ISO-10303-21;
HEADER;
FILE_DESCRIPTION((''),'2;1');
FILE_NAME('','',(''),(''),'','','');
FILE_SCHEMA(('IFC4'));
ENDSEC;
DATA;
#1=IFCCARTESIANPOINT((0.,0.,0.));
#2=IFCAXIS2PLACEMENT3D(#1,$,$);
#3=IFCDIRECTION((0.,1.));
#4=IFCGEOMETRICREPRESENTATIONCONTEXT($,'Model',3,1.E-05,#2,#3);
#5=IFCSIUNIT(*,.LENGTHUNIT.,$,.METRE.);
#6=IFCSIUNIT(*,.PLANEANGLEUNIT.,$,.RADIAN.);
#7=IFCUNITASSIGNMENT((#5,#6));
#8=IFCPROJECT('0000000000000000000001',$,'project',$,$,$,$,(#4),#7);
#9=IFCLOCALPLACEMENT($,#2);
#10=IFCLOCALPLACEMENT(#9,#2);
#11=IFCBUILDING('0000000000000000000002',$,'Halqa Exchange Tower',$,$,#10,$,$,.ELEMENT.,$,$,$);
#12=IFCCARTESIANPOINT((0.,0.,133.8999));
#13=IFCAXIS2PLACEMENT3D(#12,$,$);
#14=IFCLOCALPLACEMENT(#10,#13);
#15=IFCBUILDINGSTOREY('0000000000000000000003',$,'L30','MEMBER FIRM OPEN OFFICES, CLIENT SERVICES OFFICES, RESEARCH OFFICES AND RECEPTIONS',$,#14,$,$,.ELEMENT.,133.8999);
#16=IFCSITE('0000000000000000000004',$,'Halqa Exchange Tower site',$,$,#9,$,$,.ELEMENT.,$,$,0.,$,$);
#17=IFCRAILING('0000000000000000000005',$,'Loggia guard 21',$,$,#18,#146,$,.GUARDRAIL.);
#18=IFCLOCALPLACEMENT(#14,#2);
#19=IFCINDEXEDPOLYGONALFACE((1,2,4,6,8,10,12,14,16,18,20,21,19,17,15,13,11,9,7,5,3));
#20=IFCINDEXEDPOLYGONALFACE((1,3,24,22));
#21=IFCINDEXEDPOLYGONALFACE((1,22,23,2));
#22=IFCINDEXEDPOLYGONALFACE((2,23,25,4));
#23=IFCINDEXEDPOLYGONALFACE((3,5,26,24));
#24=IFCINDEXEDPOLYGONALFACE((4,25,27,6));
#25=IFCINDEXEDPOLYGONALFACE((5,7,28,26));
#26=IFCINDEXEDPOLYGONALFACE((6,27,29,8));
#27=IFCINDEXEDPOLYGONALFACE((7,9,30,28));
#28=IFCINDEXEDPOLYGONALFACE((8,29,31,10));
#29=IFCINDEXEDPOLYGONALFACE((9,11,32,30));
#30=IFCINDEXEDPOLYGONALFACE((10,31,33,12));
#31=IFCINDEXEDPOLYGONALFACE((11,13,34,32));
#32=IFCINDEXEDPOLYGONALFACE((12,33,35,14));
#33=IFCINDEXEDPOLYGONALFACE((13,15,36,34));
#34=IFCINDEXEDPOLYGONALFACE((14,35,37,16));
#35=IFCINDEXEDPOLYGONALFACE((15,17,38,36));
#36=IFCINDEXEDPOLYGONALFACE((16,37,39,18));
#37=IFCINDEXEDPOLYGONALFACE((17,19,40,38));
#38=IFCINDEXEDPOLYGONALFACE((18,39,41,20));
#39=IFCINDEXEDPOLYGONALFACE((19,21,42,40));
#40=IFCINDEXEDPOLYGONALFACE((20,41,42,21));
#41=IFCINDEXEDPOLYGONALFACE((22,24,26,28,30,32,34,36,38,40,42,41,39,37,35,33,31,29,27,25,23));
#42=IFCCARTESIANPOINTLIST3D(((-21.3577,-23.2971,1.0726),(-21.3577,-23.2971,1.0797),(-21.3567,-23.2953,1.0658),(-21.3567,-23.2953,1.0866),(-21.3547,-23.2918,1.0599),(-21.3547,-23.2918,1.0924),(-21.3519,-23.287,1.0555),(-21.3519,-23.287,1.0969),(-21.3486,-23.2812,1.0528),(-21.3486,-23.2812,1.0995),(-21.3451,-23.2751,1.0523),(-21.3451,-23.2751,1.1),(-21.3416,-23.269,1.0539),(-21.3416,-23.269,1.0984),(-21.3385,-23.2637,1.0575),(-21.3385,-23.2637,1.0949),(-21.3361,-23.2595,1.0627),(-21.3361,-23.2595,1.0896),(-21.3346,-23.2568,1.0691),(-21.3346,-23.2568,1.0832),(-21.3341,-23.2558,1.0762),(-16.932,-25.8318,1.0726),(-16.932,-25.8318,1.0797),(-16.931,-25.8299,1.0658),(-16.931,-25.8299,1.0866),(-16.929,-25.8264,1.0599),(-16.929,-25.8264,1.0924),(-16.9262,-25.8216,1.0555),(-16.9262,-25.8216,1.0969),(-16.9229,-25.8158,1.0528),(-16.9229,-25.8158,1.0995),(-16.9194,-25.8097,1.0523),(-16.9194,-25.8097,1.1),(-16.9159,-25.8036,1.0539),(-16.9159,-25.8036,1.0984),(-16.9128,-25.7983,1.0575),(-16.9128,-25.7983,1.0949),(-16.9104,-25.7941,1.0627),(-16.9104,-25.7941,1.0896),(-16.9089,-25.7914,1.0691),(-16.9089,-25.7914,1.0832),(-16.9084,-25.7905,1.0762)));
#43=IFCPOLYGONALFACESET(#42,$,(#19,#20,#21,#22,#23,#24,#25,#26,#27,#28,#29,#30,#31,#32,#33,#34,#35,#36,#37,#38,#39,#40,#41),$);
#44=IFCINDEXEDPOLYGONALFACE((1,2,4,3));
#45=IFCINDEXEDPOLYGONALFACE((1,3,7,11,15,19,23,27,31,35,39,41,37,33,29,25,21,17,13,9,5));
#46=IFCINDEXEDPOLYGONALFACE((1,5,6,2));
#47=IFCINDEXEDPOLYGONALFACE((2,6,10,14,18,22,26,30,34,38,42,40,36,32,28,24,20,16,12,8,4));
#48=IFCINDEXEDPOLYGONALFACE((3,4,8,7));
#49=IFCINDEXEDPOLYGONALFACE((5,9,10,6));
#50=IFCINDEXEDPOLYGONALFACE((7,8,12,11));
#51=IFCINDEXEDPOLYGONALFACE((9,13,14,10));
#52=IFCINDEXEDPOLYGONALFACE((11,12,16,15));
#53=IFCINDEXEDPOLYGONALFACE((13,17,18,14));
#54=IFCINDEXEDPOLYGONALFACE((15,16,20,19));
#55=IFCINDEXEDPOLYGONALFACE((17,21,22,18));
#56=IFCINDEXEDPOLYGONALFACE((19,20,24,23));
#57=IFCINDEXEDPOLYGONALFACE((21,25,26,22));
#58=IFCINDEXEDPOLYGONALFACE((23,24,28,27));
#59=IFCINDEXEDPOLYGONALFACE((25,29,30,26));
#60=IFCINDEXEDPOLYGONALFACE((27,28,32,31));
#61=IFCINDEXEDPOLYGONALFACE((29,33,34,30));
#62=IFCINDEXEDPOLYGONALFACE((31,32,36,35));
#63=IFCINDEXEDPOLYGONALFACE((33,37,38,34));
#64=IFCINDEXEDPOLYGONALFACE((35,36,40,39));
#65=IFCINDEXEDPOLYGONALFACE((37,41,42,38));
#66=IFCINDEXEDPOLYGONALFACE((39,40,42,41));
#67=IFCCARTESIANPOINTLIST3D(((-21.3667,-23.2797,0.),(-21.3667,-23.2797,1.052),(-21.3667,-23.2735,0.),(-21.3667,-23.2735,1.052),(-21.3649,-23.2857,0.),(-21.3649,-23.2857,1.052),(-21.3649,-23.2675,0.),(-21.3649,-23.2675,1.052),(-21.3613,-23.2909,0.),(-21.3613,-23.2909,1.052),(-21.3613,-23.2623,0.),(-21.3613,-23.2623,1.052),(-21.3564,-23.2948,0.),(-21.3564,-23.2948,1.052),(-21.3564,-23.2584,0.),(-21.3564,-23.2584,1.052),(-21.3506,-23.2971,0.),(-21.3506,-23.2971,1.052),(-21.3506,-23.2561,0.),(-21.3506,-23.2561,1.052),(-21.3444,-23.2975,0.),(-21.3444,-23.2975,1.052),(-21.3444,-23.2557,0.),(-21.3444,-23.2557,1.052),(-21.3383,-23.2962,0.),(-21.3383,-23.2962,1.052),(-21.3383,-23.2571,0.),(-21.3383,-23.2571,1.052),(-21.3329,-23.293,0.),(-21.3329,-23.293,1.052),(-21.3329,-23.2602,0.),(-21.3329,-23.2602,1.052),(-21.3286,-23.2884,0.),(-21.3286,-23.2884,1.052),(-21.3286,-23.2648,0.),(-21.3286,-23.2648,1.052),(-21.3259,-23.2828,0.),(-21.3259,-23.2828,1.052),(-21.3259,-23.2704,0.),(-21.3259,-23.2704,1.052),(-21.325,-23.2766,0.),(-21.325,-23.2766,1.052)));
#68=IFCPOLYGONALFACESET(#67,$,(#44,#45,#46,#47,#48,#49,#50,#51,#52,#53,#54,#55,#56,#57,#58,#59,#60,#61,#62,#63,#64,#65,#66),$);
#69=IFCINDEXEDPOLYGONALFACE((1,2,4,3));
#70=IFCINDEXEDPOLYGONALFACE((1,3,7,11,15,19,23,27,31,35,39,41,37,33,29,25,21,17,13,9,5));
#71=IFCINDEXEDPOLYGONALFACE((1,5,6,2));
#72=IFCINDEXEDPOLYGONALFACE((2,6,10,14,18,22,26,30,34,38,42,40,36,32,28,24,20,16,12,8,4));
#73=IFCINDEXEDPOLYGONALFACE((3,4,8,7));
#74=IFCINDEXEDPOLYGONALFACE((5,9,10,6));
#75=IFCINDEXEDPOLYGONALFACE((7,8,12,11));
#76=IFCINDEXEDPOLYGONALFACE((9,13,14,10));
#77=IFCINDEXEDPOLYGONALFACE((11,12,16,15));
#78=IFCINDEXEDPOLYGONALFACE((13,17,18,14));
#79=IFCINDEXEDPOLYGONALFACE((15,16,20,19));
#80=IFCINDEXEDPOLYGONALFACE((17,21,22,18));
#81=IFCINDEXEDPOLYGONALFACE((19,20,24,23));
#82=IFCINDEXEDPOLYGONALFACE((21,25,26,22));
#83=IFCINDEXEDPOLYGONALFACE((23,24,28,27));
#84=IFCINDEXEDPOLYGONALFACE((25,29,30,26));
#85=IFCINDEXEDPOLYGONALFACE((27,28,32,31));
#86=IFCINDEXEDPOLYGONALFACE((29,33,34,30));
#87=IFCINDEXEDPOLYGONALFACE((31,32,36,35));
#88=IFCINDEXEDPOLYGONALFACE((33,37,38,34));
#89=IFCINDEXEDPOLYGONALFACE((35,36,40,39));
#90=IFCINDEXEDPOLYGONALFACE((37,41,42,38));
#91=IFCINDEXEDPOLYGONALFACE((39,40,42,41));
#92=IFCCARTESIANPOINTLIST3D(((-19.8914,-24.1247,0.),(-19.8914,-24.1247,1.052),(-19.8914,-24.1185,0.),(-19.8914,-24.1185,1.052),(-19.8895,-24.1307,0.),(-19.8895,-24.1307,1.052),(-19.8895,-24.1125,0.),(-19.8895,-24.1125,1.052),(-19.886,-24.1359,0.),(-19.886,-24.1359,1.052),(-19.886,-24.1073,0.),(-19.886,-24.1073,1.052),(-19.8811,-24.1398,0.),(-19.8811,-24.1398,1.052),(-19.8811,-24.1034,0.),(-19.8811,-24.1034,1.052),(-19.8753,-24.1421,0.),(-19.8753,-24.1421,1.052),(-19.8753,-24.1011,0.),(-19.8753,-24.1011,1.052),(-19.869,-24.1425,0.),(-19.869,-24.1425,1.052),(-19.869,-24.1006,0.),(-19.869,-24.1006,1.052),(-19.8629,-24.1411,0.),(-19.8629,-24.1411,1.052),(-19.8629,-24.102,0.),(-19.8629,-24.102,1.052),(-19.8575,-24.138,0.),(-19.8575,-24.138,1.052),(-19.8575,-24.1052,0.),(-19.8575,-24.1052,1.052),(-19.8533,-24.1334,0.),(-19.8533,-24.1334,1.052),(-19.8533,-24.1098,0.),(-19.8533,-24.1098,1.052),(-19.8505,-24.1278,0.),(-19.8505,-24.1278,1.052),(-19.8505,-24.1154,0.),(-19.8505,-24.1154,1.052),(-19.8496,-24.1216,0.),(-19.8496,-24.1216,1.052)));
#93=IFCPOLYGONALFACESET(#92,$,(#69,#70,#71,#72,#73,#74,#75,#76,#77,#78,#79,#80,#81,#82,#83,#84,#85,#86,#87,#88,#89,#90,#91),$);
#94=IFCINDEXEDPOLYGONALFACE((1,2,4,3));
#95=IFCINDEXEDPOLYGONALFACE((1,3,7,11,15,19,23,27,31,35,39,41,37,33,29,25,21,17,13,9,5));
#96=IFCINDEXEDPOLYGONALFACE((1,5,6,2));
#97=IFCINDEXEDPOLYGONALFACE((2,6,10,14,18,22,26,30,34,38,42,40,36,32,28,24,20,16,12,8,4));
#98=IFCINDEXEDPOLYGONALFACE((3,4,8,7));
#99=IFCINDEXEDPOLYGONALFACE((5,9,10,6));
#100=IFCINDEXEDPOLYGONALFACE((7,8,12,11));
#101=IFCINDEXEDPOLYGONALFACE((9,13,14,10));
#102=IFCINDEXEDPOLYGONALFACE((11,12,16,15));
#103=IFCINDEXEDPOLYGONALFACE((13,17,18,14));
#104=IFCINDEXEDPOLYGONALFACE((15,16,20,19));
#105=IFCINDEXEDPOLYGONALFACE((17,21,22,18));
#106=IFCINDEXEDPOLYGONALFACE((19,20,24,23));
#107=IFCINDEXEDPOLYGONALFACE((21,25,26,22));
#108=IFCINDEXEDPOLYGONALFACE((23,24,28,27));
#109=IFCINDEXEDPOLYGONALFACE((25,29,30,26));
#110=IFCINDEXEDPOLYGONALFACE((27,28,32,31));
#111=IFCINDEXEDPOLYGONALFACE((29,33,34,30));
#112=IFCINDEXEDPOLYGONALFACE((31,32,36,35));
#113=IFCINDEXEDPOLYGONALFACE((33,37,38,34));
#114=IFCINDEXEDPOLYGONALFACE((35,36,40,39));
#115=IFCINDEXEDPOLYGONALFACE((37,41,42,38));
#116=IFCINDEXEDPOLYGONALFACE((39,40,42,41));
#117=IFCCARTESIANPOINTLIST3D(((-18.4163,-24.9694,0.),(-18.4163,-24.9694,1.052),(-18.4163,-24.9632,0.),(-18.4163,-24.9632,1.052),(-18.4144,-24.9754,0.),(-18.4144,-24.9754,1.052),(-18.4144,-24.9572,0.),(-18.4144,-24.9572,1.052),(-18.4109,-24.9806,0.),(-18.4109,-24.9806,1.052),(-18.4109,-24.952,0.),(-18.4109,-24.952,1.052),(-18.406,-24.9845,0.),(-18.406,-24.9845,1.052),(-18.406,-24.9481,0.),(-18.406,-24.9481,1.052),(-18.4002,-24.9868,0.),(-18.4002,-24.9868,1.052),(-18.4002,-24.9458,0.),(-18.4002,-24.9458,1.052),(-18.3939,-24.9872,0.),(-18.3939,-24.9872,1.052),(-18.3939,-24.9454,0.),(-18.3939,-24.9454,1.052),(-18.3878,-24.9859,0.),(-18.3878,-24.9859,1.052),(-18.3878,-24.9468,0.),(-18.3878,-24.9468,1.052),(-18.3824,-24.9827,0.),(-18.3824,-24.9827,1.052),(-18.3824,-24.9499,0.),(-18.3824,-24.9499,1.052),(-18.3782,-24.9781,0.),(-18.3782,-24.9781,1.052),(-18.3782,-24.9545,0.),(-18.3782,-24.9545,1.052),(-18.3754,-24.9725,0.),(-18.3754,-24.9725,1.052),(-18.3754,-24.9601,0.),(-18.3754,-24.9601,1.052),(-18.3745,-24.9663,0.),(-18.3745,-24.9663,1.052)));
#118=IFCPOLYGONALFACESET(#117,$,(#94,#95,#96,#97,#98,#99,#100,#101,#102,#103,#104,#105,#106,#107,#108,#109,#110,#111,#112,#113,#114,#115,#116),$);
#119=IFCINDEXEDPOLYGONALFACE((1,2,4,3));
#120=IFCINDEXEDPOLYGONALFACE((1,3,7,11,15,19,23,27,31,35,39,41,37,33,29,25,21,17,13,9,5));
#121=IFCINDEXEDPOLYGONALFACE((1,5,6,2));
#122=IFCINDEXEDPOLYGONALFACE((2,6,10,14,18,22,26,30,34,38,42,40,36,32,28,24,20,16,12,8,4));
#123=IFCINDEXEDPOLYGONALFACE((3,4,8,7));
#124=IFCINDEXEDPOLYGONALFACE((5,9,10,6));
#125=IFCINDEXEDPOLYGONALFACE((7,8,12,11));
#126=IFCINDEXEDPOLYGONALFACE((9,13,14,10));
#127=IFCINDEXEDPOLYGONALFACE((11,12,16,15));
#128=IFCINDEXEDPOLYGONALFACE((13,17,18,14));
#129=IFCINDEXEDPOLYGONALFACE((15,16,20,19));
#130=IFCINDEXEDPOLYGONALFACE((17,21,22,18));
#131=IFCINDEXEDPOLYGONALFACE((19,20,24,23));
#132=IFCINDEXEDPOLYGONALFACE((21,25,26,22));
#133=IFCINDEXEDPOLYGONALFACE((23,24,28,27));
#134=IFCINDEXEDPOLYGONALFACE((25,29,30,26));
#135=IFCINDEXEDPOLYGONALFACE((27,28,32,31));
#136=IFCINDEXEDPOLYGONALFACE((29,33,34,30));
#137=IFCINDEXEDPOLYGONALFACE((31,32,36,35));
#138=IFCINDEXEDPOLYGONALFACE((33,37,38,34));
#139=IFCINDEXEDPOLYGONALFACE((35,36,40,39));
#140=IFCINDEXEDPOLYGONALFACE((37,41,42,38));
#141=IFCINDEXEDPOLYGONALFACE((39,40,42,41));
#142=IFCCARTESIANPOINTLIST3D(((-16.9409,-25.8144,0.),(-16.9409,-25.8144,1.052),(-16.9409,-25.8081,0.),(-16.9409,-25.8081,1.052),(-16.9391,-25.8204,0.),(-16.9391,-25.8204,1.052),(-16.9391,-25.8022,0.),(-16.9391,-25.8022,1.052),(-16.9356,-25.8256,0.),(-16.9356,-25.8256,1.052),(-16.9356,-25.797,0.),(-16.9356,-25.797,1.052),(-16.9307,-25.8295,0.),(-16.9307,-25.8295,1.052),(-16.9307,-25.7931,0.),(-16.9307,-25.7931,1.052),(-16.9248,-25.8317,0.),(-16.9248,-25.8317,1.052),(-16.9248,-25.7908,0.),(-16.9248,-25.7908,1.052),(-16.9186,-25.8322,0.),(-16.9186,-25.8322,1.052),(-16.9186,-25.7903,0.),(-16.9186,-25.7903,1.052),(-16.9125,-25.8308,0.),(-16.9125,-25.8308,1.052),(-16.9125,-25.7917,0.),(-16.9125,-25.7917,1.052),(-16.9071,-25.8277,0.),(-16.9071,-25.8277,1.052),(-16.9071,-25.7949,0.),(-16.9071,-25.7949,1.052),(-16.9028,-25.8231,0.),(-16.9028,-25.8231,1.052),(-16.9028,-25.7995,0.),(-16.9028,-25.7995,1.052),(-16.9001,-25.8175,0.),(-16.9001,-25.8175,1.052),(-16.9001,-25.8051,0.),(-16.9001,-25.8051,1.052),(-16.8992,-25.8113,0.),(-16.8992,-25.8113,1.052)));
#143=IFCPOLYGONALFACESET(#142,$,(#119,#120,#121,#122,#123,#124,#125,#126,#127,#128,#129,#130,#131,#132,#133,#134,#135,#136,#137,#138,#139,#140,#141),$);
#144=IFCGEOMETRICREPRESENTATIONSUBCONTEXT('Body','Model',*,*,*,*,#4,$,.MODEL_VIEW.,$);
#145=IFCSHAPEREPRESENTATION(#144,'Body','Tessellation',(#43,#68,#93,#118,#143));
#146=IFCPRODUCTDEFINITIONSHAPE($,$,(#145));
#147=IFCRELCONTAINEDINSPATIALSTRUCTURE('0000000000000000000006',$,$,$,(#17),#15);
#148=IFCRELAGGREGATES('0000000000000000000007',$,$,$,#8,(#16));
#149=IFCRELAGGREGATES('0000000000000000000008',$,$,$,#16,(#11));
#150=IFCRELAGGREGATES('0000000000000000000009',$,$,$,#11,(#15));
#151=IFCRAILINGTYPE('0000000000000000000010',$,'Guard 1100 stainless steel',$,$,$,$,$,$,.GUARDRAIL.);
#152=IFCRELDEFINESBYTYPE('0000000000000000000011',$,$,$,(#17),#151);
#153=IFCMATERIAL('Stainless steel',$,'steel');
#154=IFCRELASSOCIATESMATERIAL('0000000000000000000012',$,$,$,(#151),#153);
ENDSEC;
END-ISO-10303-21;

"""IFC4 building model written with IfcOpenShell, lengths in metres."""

from ifc_helpers import new_model, si_unit, direction, frame, origin, origin_2d, place, context, subcontext, project, spatial, circle, extrude, material, type_object, element, save


model = new_model("IFC4")

# Units and contexts
model_context = context("Model", 3, precision=1e-05, world=origin(), true_north=direction((0.0, 1.0)))
body_context = subcontext(model_context, "Body", "Model", "MODEL_VIEW")
ifc_project = project(units=[si_unit("LENGTHUNIT", "METRE"), si_unit("PLANEANGLEUNIT", "RADIAN")], contexts=[model_context])

# Site, building, storey
site_placement = place(None, origin())
site = spatial("IfcSite", under=ifc_project, at=site_placement, Name="Halqa Exchange Tower site", CompositionType="ELEMENT", RefElevation=0.0)
building_placement = place(site_placement, origin())
building = spatial("IfcBuilding", under=site, at=building_placement, Name="Halqa Exchange Tower", CompositionType="ELEMENT")
storey_placement = place(building_placement, frame((0.0, 0.0, 133.8999)))
storey = spatial("IfcBuildingStorey", under=building, at=storey_placement, Name="L30", Description="MEMBER FIRM OPEN OFFICES, CLIENT SERVICES OFFICES, RESEARCH OFFICES AND RECEPTIONS", CompositionType="ELEMENT", Elevation=133.8999)

# Railing
ifc_material_1 = material(Name="Stainless steel", Category="steel")
railing_type = type_object("IfcRailingType", Name="Guard 1100 stainless steel", PredefinedType="GUARDRAIL", material=ifc_material_1)
railing_1_placement = place(storey_placement, frame((-21.3459, -23.2766, 0.0)))
element("IfcRailing", 1, at=railing_1_placement, inside=storey, type_object=railing_type, Name="Loggia guard 21", PredefinedType="GUARDRAIL", context=body_context, shape_type="SweptSolid", body=[
    extrude(circle(Radius=0.0239, at=origin_2d()), frame((0.0, 0.0, 1.0762), z_axis=(0.867766, -0.496974, 0.0), x_axis=(0.496974, 0.867766, 0.0)), (0.0, 0.0, 1.0), 5.1001),
    extrude(circle(Radius=0.021, at=origin_2d()), origin(), (0.0, 0.0, 1.0), 1.052),
    extrude(circle(Radius=0.021, at=origin_2d()), frame((1.4753, -0.845, 0.0)), (0.0, 0.0, 1.0), 1.052),
    extrude(circle(Radius=0.021, at=origin_2d()), frame((2.9504, -1.6897, 0.0)), (0.0, 0.0, 1.0), 1.052),
    extrude(circle(Radius=0.021, at=origin_2d()), frame((4.4258, -2.5347, 0.0)), (0.0, 0.0, 1.0), 1.052),
])

save(model, "model.ifc")
